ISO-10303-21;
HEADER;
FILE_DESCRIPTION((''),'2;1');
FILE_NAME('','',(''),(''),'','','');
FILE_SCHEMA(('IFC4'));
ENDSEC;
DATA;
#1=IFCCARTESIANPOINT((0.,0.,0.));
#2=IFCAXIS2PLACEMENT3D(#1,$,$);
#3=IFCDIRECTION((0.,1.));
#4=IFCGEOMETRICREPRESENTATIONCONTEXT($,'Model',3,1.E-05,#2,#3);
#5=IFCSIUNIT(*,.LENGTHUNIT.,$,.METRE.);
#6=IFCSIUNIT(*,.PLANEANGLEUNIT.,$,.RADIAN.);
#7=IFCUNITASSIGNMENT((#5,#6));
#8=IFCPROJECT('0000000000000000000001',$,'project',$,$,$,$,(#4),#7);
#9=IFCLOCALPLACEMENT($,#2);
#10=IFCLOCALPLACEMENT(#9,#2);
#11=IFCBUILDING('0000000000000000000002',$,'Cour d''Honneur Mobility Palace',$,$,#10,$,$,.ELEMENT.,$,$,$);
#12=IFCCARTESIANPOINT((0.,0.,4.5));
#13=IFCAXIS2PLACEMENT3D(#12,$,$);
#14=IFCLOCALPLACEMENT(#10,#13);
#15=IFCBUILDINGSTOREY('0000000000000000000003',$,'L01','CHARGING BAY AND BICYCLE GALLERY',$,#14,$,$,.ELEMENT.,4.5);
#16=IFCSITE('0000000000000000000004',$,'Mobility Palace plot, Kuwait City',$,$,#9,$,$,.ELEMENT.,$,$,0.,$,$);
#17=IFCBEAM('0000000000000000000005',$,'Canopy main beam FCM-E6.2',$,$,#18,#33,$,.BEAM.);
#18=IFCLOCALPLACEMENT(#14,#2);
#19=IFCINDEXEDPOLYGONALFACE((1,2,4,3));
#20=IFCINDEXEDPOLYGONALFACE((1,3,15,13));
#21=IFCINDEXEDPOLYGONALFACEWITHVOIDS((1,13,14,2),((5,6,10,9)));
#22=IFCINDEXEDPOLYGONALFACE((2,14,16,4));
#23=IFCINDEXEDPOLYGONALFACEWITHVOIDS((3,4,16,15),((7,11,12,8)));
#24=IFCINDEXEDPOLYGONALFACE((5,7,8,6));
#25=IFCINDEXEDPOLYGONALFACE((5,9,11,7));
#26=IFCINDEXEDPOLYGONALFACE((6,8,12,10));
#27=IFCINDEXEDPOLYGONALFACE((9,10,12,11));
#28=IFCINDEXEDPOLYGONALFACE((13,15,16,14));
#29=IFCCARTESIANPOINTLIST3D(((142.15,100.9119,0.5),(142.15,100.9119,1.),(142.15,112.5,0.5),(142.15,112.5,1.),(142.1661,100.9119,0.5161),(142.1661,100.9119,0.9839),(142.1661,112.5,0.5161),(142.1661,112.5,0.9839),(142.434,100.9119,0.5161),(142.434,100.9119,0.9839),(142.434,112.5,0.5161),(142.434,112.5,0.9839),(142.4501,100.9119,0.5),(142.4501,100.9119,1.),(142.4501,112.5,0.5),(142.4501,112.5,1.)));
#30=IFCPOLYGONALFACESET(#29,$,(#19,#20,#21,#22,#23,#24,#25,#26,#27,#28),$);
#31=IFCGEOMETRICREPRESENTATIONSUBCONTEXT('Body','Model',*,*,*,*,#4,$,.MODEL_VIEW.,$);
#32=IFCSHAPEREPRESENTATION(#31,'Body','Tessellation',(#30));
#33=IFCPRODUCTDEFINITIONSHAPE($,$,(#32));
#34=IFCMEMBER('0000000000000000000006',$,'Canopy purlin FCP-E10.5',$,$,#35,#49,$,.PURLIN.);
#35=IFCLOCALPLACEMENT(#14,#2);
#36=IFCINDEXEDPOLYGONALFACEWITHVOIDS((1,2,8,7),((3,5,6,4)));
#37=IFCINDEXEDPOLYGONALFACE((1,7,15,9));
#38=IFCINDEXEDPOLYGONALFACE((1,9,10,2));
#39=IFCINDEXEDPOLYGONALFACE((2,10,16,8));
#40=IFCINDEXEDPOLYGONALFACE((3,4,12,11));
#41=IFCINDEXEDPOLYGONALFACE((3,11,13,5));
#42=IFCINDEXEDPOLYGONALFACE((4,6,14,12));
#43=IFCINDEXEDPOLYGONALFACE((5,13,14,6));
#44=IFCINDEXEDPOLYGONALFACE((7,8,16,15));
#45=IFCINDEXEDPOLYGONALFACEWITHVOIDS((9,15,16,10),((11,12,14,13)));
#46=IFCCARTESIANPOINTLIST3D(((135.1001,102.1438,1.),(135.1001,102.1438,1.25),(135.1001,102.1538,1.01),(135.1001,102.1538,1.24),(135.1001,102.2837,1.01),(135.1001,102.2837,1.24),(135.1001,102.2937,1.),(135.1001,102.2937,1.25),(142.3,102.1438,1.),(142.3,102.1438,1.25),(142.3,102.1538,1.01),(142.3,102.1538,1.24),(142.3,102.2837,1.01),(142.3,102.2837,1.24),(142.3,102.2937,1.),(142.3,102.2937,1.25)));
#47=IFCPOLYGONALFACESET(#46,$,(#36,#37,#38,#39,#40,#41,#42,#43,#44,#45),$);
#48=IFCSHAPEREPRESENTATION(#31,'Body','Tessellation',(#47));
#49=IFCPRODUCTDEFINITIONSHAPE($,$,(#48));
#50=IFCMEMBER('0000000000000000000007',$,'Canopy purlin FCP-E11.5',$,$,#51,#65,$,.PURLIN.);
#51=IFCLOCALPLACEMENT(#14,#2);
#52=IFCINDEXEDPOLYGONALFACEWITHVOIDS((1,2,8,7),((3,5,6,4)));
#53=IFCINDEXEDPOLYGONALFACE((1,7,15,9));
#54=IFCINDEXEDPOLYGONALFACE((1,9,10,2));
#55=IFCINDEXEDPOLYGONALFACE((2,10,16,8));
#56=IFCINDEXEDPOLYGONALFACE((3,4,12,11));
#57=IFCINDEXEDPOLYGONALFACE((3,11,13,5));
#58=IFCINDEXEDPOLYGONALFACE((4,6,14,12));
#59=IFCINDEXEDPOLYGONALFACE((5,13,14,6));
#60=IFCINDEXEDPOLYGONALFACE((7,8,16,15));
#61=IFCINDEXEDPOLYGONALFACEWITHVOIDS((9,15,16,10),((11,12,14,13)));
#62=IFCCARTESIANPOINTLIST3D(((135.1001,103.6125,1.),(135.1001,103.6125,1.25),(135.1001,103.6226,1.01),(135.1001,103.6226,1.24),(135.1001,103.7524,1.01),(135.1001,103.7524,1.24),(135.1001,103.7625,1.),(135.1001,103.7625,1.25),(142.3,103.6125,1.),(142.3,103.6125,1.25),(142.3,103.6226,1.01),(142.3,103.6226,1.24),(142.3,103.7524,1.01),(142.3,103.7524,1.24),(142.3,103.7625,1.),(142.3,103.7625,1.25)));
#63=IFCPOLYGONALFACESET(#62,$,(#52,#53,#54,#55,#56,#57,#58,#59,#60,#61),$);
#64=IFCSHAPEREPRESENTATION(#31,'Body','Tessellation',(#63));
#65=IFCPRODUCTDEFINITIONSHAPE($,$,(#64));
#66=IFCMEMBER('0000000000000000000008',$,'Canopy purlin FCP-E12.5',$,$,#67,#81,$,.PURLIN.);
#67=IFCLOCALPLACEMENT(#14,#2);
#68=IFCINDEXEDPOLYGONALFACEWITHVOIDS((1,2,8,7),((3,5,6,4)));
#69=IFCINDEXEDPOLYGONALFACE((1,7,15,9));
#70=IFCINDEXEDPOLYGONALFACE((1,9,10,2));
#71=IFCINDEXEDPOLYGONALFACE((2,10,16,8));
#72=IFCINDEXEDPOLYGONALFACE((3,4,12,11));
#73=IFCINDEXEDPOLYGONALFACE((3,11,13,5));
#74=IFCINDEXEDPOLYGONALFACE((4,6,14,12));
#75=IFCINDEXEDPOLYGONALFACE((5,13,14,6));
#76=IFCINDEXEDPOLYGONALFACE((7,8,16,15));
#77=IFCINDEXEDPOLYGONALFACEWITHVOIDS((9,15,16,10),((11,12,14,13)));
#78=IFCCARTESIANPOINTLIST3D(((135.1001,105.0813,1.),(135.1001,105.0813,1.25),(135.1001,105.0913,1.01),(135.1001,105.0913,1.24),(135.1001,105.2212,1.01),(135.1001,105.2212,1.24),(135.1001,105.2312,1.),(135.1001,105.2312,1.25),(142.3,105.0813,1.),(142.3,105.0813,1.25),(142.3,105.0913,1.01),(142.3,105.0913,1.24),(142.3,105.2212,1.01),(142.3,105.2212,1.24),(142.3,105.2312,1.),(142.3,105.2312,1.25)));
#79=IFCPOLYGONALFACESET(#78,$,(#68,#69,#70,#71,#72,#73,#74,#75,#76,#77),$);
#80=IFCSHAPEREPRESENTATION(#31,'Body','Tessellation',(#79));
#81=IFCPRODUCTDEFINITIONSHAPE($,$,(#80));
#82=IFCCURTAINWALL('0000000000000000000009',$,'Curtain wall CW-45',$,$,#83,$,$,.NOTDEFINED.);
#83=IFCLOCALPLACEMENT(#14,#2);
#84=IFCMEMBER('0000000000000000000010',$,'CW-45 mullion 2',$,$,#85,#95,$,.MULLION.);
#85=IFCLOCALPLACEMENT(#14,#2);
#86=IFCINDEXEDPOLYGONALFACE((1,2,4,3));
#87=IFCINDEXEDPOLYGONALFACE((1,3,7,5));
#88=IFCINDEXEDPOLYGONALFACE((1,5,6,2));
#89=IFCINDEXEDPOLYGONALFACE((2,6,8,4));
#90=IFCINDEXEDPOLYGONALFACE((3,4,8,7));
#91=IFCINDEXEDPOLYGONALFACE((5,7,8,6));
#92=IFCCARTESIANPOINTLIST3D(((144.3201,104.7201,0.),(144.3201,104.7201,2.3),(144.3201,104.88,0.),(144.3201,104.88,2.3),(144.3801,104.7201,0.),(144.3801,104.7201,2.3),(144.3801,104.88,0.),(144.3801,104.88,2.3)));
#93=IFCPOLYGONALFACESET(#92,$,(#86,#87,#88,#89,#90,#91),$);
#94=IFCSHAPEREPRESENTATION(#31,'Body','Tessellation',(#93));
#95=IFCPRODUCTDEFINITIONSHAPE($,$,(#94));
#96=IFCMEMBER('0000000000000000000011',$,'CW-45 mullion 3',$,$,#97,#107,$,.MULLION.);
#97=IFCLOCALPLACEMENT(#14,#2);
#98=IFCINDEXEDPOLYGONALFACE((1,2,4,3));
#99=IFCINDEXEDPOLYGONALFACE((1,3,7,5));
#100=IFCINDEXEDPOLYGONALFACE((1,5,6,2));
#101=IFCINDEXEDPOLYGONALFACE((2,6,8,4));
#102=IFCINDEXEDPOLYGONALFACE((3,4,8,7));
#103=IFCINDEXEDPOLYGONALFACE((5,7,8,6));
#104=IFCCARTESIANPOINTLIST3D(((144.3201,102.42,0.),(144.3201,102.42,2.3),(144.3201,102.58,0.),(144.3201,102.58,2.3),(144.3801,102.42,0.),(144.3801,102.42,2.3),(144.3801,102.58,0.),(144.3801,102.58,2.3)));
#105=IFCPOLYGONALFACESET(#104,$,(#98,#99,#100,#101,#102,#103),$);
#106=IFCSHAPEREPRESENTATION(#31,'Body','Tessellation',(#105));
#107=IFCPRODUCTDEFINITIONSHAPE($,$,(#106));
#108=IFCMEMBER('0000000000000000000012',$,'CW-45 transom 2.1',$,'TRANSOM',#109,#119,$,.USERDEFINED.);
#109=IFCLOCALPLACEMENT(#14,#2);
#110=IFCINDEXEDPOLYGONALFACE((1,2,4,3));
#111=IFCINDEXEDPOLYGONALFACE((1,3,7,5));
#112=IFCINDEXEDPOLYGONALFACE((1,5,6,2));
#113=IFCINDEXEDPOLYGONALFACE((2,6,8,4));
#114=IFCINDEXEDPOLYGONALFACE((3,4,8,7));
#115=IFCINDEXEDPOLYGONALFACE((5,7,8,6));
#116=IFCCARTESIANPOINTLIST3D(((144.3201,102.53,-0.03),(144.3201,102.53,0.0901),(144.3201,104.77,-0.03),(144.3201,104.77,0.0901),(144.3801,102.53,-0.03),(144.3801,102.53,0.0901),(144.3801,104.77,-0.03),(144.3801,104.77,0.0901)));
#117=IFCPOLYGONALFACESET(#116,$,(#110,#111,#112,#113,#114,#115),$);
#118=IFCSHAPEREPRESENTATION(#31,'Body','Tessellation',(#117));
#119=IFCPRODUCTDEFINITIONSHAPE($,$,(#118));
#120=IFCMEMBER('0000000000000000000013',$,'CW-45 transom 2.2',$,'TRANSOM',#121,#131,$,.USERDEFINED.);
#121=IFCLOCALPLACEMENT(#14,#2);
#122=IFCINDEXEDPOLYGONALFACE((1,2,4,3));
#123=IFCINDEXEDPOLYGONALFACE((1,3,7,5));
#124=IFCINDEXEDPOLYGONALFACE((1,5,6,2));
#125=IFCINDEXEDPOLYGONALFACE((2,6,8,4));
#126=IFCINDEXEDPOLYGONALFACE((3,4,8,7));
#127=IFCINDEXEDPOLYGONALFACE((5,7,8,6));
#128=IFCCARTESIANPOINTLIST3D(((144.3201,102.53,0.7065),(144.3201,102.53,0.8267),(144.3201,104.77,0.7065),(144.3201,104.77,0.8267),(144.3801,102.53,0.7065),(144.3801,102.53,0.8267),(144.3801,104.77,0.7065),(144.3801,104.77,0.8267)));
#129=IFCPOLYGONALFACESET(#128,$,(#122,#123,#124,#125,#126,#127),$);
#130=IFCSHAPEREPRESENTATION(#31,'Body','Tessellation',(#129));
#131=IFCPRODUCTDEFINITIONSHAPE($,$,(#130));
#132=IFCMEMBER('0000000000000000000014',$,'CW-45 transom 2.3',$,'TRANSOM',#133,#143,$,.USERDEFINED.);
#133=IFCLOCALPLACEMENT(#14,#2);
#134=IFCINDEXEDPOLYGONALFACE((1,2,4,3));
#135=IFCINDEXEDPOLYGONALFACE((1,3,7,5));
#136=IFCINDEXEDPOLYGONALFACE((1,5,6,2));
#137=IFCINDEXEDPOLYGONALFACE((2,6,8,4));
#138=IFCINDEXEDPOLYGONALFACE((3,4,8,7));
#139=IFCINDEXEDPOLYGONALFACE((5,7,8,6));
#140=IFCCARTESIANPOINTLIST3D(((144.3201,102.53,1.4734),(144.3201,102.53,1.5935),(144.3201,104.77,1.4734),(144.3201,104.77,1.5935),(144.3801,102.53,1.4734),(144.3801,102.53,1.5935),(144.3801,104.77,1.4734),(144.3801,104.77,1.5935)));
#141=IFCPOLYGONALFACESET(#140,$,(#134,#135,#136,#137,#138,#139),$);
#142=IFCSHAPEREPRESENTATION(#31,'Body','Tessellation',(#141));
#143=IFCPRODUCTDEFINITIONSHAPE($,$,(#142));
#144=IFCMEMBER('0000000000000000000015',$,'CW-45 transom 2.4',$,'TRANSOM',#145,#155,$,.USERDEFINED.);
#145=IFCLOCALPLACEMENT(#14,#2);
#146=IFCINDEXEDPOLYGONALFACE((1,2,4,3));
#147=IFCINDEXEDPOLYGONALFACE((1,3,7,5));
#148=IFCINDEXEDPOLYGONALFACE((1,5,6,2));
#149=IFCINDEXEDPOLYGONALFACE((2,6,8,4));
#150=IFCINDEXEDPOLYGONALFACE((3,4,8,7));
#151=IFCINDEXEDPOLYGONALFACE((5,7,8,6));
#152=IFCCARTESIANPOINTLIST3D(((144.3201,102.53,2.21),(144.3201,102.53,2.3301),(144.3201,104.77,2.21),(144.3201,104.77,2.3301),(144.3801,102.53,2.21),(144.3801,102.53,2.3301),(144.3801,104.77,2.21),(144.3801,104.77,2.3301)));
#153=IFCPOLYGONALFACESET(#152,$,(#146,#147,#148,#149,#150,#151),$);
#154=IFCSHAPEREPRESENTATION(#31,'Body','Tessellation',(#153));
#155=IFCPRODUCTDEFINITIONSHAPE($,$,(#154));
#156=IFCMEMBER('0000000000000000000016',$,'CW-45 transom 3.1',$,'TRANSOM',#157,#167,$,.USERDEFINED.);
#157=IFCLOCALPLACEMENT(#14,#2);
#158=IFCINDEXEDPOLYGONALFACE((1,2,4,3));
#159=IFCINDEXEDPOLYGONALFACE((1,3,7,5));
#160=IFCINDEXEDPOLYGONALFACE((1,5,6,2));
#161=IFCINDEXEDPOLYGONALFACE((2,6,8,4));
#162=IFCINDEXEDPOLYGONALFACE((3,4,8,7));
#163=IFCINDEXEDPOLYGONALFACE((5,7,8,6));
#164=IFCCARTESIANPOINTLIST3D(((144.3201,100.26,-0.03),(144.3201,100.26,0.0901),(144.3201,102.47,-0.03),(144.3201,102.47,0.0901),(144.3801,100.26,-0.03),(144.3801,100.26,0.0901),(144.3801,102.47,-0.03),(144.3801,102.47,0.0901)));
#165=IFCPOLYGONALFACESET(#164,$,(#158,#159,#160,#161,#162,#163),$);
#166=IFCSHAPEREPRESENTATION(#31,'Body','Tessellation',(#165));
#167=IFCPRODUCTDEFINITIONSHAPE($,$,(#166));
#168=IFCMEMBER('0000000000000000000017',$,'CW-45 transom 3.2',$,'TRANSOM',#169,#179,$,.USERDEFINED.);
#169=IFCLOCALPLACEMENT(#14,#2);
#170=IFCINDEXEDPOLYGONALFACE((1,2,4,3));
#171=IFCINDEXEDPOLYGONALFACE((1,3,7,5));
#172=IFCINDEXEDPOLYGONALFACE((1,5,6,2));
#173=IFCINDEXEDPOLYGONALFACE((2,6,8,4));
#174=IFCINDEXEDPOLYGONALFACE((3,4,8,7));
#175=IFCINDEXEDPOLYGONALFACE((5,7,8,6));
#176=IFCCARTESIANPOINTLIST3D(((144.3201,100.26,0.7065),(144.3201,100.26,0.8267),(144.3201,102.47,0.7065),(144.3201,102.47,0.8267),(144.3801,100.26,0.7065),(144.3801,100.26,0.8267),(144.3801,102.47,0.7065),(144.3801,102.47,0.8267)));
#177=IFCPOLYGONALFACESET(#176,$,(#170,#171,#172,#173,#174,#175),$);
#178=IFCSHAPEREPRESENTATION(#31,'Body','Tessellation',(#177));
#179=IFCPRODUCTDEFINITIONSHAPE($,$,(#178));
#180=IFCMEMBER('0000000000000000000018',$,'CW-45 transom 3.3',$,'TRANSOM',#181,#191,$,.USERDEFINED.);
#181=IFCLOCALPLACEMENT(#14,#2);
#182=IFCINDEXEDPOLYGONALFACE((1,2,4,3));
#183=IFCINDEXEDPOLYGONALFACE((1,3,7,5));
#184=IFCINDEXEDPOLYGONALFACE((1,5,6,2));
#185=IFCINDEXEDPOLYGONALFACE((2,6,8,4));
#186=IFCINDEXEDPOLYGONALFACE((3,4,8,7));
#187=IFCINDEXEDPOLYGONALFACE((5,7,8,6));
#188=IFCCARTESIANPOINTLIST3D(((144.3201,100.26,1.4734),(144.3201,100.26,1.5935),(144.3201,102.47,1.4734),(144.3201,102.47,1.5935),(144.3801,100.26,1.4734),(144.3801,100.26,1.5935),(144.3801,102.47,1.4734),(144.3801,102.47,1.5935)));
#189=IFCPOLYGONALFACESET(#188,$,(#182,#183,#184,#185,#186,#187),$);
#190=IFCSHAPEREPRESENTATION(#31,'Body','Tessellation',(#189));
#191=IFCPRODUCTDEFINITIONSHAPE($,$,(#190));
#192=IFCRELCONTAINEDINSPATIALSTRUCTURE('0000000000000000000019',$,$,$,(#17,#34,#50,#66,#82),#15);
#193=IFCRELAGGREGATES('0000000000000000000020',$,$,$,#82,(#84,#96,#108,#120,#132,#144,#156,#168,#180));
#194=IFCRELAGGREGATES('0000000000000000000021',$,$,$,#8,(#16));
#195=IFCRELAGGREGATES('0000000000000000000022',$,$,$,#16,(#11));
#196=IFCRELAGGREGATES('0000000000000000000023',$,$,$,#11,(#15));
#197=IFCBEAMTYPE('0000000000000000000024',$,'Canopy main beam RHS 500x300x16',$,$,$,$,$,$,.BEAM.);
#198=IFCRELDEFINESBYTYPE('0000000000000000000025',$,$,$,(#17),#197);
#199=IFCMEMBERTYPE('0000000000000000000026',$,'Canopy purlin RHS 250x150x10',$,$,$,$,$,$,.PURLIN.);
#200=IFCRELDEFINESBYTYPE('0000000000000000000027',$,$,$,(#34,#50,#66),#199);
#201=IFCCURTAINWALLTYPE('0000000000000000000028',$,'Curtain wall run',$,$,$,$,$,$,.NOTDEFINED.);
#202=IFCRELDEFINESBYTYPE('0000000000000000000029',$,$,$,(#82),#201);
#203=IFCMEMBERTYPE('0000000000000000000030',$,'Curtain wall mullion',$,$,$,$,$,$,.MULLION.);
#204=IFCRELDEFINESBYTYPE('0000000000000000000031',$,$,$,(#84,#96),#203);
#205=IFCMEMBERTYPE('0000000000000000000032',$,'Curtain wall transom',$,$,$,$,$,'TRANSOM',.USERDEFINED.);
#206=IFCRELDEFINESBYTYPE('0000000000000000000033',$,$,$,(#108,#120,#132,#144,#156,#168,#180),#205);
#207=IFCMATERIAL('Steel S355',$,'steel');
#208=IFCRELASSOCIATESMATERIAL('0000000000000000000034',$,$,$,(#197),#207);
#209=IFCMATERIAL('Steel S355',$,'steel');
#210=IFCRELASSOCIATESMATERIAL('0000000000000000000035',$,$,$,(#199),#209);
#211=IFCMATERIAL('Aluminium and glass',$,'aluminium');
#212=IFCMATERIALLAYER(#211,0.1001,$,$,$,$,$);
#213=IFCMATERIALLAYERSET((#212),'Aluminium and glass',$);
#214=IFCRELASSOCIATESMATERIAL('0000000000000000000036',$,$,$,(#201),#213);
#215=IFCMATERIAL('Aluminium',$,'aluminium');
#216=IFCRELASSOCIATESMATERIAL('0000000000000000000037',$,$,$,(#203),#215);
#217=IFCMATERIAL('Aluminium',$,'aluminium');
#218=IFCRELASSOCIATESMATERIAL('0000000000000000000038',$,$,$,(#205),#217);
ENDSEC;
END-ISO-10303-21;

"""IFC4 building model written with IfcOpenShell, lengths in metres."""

from ifc_helpers import new_model, si_unit, direction, frame, origin, origin_2d, place, context, subcontext, project, spatial, rectangle, hollow_rectangle, extrude, material, layer, layer_set, material_profile, profile_set, type_object, element, aggregate, save


model = new_model("IFC4")

# Units and contexts
model_context = context("Model", 3, precision=1e-05, world=origin(), true_north=direction((0.0, 1.0)))
body_context = subcontext(model_context, "Body", "Model", "MODEL_VIEW")
ifc_project = project(units=[si_unit("LENGTHUNIT", "METRE"), si_unit("PLANEANGLEUNIT", "RADIAN")], contexts=[model_context])

# Site, building, storey
site_placement = place(None, origin())
site = spatial("IfcSite", under=ifc_project, at=site_placement, Name="Mobility Palace plot, Kuwait City", CompositionType="ELEMENT", RefElevation=0.0)
building_placement = place(site_placement, origin())
building = spatial("IfcBuilding", under=site, at=building_placement, Name="Cour d'Honneur Mobility Palace", CompositionType="ELEMENT")
storey_placement = place(building_placement, frame((0.0, 0.0, 4.5)))
storey = spatial("IfcBuildingStorey", under=building, at=storey_placement, Name="L01", Description="CHARGING BAY AND BICYCLE GALLERY", CompositionType="ELEMENT", Elevation=4.5)

# Beam
ifc_material_1 = material(Name="Steel S355", Category="steel")
ifc_material_profile_1 = material_profile(ifc_material_1, hollow_rectangle(XDim=0.3, YDim=0.5, WallThickness=0.0161, at=origin_2d()), Name="RHS 500x300x16")
ifc_profile_set_1 = profile_set([ifc_material_profile_1], Name="Steel S355")
beam_type = type_object("IfcBeamType", Name="Canopy main beam RHS 500x300x16", PredefinedType="BEAM", material=ifc_profile_set_1)
beam_placement = place(storey_placement, frame((142.3, 100.9119, 0.75), z_axis=(0.0, 1.0, 0.0), x_axis=(-1.0, 0.0, 0.0)))
element("IfcBeam", 1, at=beam_placement, inside=storey, type_object=beam_type, Name="Canopy main beam FCM-E6.2", PredefinedType="BEAM", context=body_context, shape_type="SweptSolid", body=[
    extrude(hollow_rectangle(XDim=0.3, YDim=0.5, WallThickness=0.0161, at=origin_2d()), origin(), (0.0, 0.0, 1.0), 11.5881),
])

# Members
ifc_material_2 = material(Name="Steel S355", Category="steel")
ifc_material_profile_2 = material_profile(ifc_material_2, hollow_rectangle(XDim=0.1499, YDim=0.25, WallThickness=0.01, at=origin_2d()), Name="RHS 250x150x10")
ifc_profile_set_2 = profile_set([ifc_material_profile_2], Name="Steel S355")
member_type_1 = type_object("IfcMemberType", Name="Canopy purlin RHS 250x150x10", PredefinedType="PURLIN", material=ifc_profile_set_2)
for number, where, z_axis, x_axis, name in (
    (2, (135.1001, 102.2188, 1.125), (1.0, 0.0, 0.0), (0.0, 1.0, 0.0), "Canopy purlin FCP-E10.5"),
    (3, (135.1001, 103.6875, 1.125), (1.0, 0.0, 0.0), (0.0, 1.0, 0.0), "Canopy purlin FCP-E11.5"),
    (4, (135.1001, 105.1562, 1.125), (1.0, 0.0, 0.0), (0.0, 1.0, 0.0), "Canopy purlin FCP-E12.5"),
):
    element("IfcMember", number, at=place(storey_placement, frame(where, z_axis=z_axis, x_axis=x_axis)), inside=storey, type_object=member_type_1, Name=name, PredefinedType="PURLIN", context=body_context, shape_type="SweptSolid", body=[
        extrude(hollow_rectangle(XDim=0.1499, YDim=0.25, WallThickness=0.01, at=origin_2d()), origin(), (0.0, 0.0, 1.0), 7.2),
    ])

# Curtain wall, members
ifc_material_3 = material(Name="Aluminium and glass", Category="aluminium")
ifc_layer_1 = layer(ifc_material_3, 0.1001)
ifc_layer_set_1 = layer_set([ifc_layer_1], Name="Aluminium and glass")
curtain_wall_type = type_object("IfcCurtainWallType", Name="Curtain wall run", PredefinedType="NOTDEFINED", material=ifc_layer_set_1)
curtain_wall_placement = place(storey_placement, origin())
curtain_wall = element("IfcCurtainWall", 5, at=curtain_wall_placement, inside=storey, type_object=curtain_wall_type, Name="Curtain wall CW-45", PredefinedType="NOTDEFINED")
ifc_material_4 = material(Name="Aluminium", Category="aluminium")
ifc_material_profile_3 = material_profile(ifc_material_4, rectangle(XDim=0.0601, YDim=0.1599, at=origin_2d()), Name="Curtain wall mullion")
ifc_profile_set_3 = profile_set([ifc_material_profile_3], Name="Aluminium")
member_type_2 = type_object("IfcMemberType", Name="Curtain wall mullion", PredefinedType="MULLION", material=ifc_profile_set_3)
member_1_placement = place(storey_placement, frame((144.3501, 104.8, 0.0), z_axis=(0.0, 0.0, 1.0), x_axis=(1.0, 0.0, 0.0)))
member_1 = element("IfcMember", 6, at=member_1_placement, type_object=member_type_2, Name="CW-45 mullion 2", PredefinedType="MULLION", context=body_context, shape_type="SweptSolid", body=[
    extrude(rectangle(XDim=0.0601, YDim=0.1599, at=origin_2d()), origin(), (0.0, 0.0, 1.0), 2.3),
])
member_2_placement = place(storey_placement, frame((144.3501, 102.5, 0.0), z_axis=(0.0, 0.0, 1.0), x_axis=(1.0, 0.0, 0.0)))
member_2 = element("IfcMember", 7, at=member_2_placement, type_object=member_type_2, Name="CW-45 mullion 3", PredefinedType="MULLION", context=body_context, shape_type="SweptSolid", body=[
    extrude(rectangle(XDim=0.0601, YDim=0.1599, at=origin_2d()), origin(), (0.0, 0.0, 1.0), 2.3),
])
ifc_material_5 = material(Name="Aluminium", Category="aluminium")
ifc_material_profile_4 = material_profile(ifc_material_5, rectangle(XDim=0.0601, YDim=0.1201, at=origin_2d()), Name="Curtain wall transom")
ifc_profile_set_4 = profile_set([ifc_material_profile_4], Name="Aluminium")
member_type_3 = type_object("IfcMemberType", Name="Curtain wall transom", ElementType="TRANSOM", PredefinedType="USERDEFINED", material=ifc_profile_set_4)
member_3_placement = place(storey_placement, frame((144.3501, 104.77, 0.03), z_axis=(0.0, -1.0, 0.0), x_axis=(1.0, 0.0, 0.0)))
member_3 = element("IfcMember", 8, at=member_3_placement, type_object=member_type_3, Name="CW-45 transom 2.1", ObjectType="TRANSOM", PredefinedType="USERDEFINED", context=body_context, shape_type="SweptSolid", body=[
    extrude(rectangle(XDim=0.0601, YDim=0.1201, at=origin_2d()), origin(), (0.0, 0.0, 1.0), 2.24),
])
member_4_placement = place(storey_placement, frame((144.3501, 104.77, 0.7666), z_axis=(0.0, -1.0, 0.0), x_axis=(1.0, 0.0, 0.0)))
member_4 = element("IfcMember", 9, at=member_4_placement, type_object=member_type_3, Name="CW-45 transom 2.2", ObjectType="TRANSOM", PredefinedType="USERDEFINED", context=body_context, shape_type="SweptSolid", body=[
    extrude(rectangle(XDim=0.0601, YDim=0.1201, at=origin_2d()), origin(), (0.0, 0.0, 1.0), 2.24),
])
member_5_placement = place(storey_placement, frame((144.3501, 104.77, 1.5334), z_axis=(0.0, -1.0, 0.0), x_axis=(1.0, 0.0, 0.0)))
member_5 = element("IfcMember", 10, at=member_5_placement, type_object=member_type_3, Name="CW-45 transom 2.3", ObjectType="TRANSOM", PredefinedType="USERDEFINED", context=body_context, shape_type="SweptSolid", body=[
    extrude(rectangle(XDim=0.0601, YDim=0.1201, at=origin_2d()), origin(), (0.0, 0.0, 1.0), 2.24),
])
member_6_placement = place(storey_placement, frame((144.3501, 104.77, 2.27), z_axis=(0.0, -1.0, 0.0), x_axis=(1.0, 0.0, 0.0)))
member_6 = element("IfcMember", 11, at=member_6_placement, type_object=member_type_3, Name="CW-45 transom 2.4", ObjectType="TRANSOM", PredefinedType="USERDEFINED", context=body_context, shape_type="SweptSolid", body=[
    extrude(rectangle(XDim=0.0601, YDim=0.1201, at=origin_2d()), origin(), (0.0, 0.0, 1.0), 2.24),
])
member_7_placement = place(storey_placement, frame((144.3501, 102.47, 0.03), z_axis=(0.0, -1.0, 0.0), x_axis=(1.0, 0.0, 0.0)))
member_7 = element("IfcMember", 12, at=member_7_placement, type_object=member_type_3, Name="CW-45 transom 3.1", ObjectType="TRANSOM", PredefinedType="USERDEFINED", context=body_context, shape_type="SweptSolid", body=[
    extrude(rectangle(XDim=0.0601, YDim=0.1201, at=origin_2d()), origin(), (0.0, 0.0, 1.0), 2.21),
])
member_8_placement = place(storey_placement, frame((144.3501, 102.47, 0.7666), z_axis=(0.0, -1.0, 0.0), x_axis=(1.0, 0.0, 0.0)))
member_8 = element("IfcMember", 13, at=member_8_placement, type_object=member_type_3, Name="CW-45 transom 3.2", ObjectType="TRANSOM", PredefinedType="USERDEFINED", context=body_context, shape_type="SweptSolid", body=[
    extrude(rectangle(XDim=0.0601, YDim=0.1201, at=origin_2d()), origin(), (0.0, 0.0, 1.0), 2.21),
])
member_9_placement = place(storey_placement, frame((144.3501, 102.47, 1.5334), z_axis=(0.0, -1.0, 0.0), x_axis=(1.0, 0.0, 0.0)))
member_9 = element("IfcMember", 14, at=member_9_placement, type_object=member_type_3, Name="CW-45 transom 3.3", ObjectType="TRANSOM", PredefinedType="USERDEFINED", context=body_context, shape_type="SweptSolid", body=[
    extrude(rectangle(XDim=0.0601, YDim=0.1201, at=origin_2d()), origin(), (0.0, 0.0, 1.0), 2.21),
])
aggregate(curtain_wall, [member_1, member_2, member_3, member_4, member_5, member_6, member_7, member_8, member_9])

save(model, "model.ifc")
